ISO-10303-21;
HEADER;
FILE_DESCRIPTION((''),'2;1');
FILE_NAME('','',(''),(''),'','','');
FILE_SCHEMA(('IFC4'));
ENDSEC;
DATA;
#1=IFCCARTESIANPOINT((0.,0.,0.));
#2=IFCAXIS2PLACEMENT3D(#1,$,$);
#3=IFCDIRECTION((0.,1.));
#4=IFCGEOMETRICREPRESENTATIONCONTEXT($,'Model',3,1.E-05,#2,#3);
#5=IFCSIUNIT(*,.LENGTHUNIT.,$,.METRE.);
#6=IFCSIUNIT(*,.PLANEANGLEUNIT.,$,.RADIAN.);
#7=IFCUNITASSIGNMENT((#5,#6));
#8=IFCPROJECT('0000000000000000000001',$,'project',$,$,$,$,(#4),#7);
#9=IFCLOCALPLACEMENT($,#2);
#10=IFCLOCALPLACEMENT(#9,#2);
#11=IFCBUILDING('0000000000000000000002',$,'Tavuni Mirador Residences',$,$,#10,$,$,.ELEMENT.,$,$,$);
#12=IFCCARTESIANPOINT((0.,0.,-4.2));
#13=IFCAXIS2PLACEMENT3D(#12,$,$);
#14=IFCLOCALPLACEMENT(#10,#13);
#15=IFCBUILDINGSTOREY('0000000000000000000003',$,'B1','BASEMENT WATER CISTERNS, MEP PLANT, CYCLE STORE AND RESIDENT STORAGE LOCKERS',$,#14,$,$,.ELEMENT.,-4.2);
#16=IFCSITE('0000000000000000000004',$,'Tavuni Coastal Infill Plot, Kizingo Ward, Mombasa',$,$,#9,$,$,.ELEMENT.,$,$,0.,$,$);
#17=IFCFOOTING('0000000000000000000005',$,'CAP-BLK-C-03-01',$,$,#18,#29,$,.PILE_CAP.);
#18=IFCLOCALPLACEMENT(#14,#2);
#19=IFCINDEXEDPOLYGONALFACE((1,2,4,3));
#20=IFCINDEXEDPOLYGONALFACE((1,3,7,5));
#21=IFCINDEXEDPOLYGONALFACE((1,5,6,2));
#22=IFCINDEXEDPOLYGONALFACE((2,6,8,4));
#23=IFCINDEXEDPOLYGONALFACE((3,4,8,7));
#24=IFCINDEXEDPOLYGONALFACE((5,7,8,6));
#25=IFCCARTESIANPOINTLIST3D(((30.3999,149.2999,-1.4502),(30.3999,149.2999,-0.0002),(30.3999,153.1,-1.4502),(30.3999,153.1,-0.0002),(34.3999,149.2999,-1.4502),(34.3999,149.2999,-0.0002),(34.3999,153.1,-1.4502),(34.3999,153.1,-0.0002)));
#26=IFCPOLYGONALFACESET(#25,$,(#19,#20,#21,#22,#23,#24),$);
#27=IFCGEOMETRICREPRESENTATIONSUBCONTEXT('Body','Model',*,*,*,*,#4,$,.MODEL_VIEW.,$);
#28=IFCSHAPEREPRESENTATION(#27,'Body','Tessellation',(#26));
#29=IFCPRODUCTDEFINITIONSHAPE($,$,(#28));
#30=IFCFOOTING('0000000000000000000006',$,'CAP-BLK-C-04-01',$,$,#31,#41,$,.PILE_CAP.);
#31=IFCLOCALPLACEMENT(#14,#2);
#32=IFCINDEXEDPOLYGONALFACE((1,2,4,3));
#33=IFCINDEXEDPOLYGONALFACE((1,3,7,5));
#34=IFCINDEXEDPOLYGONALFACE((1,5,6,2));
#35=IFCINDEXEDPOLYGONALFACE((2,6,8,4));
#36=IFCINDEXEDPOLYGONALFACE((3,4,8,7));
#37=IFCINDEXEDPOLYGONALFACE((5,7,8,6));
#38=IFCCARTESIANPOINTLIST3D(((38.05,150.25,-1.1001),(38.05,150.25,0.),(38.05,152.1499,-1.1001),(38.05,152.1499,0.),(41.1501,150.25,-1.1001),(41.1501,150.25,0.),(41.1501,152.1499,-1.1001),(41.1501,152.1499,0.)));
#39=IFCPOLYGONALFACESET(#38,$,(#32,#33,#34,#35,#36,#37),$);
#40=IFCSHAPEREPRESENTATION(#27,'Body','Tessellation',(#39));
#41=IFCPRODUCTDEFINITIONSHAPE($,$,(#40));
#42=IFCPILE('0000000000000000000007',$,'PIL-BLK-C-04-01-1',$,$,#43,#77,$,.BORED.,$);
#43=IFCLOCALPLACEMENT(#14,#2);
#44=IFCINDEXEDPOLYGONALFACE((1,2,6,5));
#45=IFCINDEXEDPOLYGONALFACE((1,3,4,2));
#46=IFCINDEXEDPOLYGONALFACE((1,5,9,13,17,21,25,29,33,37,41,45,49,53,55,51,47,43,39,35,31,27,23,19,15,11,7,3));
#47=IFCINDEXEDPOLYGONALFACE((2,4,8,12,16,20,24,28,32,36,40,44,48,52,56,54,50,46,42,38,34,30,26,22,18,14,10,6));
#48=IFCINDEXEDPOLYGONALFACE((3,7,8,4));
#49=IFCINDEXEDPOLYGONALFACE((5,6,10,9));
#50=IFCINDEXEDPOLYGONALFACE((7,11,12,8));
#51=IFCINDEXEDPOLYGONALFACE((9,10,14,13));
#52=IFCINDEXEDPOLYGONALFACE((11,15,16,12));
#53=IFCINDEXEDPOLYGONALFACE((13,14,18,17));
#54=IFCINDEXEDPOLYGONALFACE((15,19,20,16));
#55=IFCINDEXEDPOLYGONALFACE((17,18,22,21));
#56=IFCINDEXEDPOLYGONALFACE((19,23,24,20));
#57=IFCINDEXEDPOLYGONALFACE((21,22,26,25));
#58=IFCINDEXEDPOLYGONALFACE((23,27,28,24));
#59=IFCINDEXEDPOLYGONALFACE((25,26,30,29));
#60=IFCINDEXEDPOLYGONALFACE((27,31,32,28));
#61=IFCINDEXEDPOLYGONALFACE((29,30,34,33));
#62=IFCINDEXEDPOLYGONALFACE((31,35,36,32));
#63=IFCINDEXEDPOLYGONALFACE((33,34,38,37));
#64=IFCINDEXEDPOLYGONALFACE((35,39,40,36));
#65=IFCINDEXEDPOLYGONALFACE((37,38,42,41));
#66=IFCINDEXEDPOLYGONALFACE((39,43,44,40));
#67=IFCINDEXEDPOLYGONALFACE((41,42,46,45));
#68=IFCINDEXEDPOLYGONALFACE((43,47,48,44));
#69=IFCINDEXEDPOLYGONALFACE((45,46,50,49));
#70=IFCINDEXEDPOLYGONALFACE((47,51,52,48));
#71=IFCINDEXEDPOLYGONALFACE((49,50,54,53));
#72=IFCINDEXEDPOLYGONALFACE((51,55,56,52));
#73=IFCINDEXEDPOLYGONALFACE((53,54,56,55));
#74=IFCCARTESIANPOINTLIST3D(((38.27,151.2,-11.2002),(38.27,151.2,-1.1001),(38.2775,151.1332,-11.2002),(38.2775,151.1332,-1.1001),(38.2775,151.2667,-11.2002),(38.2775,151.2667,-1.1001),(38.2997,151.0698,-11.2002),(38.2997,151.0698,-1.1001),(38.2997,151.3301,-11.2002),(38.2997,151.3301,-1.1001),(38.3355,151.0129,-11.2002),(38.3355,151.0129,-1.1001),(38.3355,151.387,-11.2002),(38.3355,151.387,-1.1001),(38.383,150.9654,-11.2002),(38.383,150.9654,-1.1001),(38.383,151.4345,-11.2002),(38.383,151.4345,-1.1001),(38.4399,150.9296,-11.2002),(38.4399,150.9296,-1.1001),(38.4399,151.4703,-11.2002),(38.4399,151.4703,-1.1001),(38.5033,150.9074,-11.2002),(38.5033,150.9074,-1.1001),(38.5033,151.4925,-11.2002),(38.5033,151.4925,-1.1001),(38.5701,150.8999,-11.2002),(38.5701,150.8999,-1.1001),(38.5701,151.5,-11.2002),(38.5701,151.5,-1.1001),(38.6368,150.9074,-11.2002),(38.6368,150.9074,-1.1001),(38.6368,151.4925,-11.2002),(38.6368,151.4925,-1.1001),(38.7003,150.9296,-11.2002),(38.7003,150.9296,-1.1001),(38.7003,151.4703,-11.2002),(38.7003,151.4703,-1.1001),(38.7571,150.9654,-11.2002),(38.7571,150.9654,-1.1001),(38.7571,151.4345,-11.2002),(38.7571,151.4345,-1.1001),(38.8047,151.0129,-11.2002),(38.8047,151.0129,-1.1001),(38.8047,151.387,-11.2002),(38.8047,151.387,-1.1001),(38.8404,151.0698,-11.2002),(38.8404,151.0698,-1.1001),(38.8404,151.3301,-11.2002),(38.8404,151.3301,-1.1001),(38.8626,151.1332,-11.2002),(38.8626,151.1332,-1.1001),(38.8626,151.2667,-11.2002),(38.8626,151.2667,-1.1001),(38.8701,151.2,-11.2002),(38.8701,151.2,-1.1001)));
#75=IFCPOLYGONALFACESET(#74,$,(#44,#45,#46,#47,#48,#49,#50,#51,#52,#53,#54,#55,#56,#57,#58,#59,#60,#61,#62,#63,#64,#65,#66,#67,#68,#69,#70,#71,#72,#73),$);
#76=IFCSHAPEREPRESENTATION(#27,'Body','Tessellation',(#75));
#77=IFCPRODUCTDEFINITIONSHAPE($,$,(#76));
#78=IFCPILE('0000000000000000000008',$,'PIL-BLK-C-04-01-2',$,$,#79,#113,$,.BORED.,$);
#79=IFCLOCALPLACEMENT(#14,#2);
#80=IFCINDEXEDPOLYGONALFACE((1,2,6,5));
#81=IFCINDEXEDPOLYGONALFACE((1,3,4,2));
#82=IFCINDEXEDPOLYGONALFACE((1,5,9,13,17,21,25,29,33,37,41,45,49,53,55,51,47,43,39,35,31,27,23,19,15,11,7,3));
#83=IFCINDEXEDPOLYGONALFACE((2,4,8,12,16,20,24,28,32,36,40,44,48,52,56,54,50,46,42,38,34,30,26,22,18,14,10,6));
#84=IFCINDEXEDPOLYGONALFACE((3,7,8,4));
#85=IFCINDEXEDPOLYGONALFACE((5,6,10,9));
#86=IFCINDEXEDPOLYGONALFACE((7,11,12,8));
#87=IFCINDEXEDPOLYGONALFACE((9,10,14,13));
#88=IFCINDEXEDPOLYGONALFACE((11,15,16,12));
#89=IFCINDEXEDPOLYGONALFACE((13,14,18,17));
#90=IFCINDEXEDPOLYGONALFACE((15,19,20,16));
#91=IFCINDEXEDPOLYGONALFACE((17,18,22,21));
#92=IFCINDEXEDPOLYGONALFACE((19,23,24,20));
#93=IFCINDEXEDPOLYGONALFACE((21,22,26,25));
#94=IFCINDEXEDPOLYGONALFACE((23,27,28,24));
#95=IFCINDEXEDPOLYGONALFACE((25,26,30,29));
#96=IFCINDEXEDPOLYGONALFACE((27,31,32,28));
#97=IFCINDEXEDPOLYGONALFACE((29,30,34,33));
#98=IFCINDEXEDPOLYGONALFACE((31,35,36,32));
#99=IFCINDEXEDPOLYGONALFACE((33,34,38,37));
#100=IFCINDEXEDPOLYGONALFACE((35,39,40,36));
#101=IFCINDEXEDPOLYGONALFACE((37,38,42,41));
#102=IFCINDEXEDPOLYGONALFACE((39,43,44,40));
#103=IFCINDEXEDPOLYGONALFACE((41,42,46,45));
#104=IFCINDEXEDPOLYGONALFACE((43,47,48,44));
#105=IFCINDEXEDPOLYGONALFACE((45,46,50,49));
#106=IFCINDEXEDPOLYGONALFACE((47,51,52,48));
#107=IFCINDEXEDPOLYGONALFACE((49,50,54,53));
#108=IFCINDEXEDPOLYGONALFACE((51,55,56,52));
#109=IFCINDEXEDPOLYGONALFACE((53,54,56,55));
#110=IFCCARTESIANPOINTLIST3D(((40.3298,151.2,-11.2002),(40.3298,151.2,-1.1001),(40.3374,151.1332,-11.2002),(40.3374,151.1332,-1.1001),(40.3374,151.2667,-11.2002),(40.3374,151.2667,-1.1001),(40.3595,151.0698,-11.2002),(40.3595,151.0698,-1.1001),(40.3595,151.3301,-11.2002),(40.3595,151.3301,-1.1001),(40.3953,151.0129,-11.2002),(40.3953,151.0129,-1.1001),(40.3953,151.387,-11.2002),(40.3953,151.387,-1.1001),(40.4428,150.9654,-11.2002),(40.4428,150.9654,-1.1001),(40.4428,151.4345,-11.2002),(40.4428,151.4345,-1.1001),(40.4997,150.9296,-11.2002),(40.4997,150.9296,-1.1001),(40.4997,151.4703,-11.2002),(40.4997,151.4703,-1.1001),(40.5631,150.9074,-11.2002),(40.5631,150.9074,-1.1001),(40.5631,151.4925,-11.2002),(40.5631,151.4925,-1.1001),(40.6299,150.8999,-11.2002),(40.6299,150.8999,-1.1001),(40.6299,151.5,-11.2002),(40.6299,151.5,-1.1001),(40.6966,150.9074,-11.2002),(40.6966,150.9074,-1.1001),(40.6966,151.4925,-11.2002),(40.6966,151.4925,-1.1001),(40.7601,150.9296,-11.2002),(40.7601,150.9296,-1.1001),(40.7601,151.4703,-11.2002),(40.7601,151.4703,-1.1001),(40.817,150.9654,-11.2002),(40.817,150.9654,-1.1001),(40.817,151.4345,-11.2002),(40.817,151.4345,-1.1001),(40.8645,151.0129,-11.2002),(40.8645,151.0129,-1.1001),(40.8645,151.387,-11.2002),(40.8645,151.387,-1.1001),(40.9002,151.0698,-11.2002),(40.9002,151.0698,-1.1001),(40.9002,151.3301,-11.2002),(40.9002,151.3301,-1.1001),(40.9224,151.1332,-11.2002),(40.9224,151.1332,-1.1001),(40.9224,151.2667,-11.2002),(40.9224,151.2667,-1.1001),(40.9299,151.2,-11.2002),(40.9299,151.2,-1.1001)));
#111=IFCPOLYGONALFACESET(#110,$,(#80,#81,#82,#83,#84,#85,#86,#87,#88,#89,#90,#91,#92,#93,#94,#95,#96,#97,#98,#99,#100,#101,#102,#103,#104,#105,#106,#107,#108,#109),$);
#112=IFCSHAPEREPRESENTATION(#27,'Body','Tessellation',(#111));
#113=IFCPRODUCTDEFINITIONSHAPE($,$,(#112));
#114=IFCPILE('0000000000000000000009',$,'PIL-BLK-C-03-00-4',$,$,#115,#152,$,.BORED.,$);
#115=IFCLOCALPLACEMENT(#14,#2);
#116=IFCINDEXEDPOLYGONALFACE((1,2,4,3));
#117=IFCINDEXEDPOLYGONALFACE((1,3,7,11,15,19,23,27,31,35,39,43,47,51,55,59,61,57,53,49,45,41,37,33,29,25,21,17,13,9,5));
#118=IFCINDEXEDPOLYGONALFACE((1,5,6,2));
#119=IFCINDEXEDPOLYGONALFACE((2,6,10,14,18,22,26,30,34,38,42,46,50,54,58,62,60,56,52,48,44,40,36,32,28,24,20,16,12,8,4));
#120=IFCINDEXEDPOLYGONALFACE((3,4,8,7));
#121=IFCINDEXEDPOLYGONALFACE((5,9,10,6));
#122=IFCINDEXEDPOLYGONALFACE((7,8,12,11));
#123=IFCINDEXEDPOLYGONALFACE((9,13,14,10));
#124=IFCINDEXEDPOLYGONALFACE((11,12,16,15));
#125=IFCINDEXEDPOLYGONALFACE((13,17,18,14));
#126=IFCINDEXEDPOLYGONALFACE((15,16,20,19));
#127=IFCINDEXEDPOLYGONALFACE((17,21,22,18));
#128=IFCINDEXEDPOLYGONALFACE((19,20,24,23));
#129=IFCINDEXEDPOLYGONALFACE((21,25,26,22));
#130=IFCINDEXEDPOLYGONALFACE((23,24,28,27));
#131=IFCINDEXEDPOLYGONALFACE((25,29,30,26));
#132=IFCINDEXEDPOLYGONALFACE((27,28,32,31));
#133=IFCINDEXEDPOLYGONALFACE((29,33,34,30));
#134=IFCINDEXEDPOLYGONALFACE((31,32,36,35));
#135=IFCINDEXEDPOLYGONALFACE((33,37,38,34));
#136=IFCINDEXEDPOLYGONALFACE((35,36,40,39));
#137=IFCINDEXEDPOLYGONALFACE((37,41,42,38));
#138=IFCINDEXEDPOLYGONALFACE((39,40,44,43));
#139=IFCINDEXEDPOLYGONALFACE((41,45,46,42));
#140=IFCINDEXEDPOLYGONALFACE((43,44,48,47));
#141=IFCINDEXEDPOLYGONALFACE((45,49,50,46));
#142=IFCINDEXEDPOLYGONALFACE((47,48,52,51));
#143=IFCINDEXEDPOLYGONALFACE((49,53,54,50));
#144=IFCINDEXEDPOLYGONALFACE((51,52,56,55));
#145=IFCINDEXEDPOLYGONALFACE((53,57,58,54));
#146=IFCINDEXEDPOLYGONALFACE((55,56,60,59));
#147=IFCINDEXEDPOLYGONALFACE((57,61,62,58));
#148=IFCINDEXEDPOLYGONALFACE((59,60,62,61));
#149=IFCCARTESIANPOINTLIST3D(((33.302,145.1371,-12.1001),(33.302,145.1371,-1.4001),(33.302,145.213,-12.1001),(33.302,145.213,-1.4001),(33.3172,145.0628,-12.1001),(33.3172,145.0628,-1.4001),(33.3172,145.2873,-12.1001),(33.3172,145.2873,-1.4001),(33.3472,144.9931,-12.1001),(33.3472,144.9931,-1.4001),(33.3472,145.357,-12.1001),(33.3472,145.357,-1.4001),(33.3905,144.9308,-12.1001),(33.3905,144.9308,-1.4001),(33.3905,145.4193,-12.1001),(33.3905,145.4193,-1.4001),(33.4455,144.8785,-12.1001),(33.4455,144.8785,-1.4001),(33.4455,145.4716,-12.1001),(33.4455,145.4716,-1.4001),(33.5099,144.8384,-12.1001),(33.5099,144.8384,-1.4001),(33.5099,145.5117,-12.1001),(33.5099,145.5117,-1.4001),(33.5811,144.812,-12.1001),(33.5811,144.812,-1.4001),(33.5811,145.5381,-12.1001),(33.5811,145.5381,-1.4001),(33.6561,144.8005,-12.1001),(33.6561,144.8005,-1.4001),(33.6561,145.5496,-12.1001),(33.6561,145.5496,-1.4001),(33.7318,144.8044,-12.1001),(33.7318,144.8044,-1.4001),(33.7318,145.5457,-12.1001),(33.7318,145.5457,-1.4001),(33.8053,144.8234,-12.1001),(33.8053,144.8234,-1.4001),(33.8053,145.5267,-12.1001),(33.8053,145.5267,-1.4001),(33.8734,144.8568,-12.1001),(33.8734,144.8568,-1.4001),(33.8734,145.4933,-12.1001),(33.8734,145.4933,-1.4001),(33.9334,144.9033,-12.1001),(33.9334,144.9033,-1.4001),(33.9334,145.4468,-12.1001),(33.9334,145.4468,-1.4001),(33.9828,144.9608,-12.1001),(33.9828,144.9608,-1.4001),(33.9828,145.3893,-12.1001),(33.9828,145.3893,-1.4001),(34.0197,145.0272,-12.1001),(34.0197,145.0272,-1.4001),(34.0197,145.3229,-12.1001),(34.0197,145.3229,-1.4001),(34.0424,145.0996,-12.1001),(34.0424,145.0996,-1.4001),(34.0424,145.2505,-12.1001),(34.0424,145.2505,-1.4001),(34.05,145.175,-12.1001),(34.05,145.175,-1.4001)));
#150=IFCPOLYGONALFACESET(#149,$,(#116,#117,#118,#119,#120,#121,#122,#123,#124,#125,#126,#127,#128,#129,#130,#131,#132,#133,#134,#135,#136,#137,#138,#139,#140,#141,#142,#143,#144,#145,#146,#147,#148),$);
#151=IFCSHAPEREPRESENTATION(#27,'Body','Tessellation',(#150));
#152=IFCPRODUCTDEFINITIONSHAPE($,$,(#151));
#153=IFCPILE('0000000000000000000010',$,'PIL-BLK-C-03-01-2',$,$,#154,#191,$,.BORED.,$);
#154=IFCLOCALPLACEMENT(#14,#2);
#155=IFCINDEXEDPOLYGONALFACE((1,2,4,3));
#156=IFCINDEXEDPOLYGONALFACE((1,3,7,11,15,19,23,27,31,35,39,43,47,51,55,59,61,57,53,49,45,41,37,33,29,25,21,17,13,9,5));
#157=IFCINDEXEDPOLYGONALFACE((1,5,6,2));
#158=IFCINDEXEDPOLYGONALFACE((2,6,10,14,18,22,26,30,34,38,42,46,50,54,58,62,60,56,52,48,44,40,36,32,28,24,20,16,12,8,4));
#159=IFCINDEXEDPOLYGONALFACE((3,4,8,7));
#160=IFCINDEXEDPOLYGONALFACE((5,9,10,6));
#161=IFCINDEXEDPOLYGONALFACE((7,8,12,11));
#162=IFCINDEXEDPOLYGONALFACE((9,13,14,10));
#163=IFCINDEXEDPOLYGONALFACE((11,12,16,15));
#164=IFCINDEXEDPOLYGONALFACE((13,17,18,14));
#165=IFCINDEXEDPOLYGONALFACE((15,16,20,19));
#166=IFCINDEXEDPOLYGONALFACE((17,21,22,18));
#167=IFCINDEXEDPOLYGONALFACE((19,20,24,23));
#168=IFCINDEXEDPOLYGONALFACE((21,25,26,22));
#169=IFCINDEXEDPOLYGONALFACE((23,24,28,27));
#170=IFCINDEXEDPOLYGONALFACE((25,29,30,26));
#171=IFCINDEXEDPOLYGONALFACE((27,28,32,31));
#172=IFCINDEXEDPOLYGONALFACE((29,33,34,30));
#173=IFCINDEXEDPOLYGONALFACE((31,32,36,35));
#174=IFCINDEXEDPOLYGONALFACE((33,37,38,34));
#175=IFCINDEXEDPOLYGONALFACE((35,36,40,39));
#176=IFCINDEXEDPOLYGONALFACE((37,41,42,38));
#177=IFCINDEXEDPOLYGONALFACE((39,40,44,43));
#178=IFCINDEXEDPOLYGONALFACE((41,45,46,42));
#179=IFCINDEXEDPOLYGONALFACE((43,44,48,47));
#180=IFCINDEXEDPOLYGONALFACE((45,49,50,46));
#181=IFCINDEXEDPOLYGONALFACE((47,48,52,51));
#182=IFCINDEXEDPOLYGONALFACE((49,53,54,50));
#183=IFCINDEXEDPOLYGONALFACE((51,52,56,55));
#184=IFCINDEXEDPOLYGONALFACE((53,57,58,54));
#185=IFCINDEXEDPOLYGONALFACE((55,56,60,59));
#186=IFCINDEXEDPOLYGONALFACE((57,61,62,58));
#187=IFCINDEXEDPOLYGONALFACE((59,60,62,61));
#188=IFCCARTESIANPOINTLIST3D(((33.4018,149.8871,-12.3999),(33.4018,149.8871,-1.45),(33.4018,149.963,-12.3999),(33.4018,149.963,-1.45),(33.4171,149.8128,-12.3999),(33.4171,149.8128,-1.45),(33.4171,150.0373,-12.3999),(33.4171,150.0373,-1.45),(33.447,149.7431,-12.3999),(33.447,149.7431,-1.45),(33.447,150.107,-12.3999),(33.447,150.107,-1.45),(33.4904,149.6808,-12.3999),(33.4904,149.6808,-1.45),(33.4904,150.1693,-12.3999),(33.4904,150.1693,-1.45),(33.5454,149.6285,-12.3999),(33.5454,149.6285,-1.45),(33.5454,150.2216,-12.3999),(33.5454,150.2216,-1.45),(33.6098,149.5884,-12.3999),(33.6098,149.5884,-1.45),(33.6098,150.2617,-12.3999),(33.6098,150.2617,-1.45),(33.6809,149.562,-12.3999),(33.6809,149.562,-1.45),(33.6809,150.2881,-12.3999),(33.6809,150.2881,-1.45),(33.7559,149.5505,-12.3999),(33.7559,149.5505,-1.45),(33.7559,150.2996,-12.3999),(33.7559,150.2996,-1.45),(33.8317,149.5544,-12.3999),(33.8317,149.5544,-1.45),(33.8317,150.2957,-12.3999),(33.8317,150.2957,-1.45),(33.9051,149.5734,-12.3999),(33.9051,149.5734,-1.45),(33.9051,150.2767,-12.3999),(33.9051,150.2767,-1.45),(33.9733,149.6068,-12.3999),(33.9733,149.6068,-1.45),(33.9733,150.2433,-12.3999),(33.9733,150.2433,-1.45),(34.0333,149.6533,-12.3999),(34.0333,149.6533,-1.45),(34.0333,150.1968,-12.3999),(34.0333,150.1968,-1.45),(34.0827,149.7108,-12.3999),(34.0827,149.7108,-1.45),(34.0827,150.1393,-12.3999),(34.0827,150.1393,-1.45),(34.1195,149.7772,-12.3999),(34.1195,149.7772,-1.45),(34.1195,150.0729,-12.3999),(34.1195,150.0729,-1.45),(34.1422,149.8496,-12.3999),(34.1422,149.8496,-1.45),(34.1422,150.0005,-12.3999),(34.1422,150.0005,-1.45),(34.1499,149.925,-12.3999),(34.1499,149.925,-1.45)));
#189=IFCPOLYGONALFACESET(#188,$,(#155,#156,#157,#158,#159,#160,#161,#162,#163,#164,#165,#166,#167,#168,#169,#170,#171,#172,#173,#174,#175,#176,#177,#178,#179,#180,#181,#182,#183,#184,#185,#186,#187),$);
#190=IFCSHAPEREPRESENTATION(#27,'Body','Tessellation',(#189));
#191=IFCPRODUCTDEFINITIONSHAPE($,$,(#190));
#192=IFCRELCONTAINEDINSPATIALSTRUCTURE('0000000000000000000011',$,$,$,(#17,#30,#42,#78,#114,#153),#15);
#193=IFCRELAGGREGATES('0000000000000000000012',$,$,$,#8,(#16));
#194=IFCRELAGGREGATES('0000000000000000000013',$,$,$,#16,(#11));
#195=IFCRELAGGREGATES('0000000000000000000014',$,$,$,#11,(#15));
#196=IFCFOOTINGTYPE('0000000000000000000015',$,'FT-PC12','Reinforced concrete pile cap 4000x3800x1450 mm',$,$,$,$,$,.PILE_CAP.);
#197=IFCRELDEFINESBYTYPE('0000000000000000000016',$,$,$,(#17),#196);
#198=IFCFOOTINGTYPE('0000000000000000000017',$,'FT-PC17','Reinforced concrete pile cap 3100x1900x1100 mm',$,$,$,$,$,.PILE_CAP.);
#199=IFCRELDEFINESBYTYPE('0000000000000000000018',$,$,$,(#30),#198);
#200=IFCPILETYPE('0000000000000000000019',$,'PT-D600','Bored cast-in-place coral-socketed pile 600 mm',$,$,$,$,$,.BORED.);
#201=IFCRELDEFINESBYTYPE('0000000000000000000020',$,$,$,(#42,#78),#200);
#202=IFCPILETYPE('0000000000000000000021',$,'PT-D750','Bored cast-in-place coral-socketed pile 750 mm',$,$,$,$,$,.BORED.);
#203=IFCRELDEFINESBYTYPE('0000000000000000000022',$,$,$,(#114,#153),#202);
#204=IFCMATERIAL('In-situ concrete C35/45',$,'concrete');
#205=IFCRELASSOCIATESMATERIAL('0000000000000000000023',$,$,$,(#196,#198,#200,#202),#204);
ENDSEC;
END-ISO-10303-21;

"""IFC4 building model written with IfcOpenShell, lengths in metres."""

from ifc_helpers import new_model, si_unit, direction, frame, origin, origin_2d, place, context, subcontext, project, spatial, rectangle, circle, extrude, material, material_profile, profile_set, type_object, element, save


model = new_model("IFC4")

# Units and contexts
model_context = context("Model", 3, precision=1e-05, world=origin(), true_north=direction((0.0, 1.0)))
body_context = subcontext(model_context, "Body", "Model", "MODEL_VIEW")
ifc_project = project(units=[si_unit("LENGTHUNIT", "METRE"), si_unit("PLANEANGLEUNIT", "RADIAN")], contexts=[model_context])

# Site, building, storey
site_placement = place(None, origin())
site = spatial("IfcSite", under=ifc_project, at=site_placement, Name="Tavuni Coastal Infill Plot, Kizingo Ward, Mombasa", CompositionType="ELEMENT", RefElevation=0.0)
building_placement = place(site_placement, origin())
building = spatial("IfcBuilding", under=site, at=building_placement, Name="Tavuni Mirador Residences", CompositionType="ELEMENT")
storey_placement = place(building_placement, frame((0.0, 0.0, -4.2)))
storey = spatial("IfcBuildingStorey", under=building, at=storey_placement, Name="B1", Description="BASEMENT WATER CISTERNS, MEP PLANT, CYCLE STORE AND RESIDENT STORAGE LOCKERS", CompositionType="ELEMENT", Elevation=-4.2)

# Footings
ifc_material_1 = material(Name="In-situ concrete C35/45", Category="concrete")
footing_type_1 = type_object("IfcFootingType", Name="FT-PC12", Description="Reinforced concrete pile cap 4000x3800x1450 mm", PredefinedType="PILE_CAP", material=ifc_material_1)
footing_1_placement = place(storey_placement, frame((32.3999, 151.2, -1.4502), z_axis=(0.0, 0.0, 1.0), x_axis=(1.0, 0.0, 0.0)))
element("IfcFooting", 1, at=footing_1_placement, inside=storey, type_object=footing_type_1, Name="CAP-BLK-C-03-01", PredefinedType="PILE_CAP", context=body_context, shape_type="SweptSolid", body=[
    extrude(rectangle(XDim=4.0, YDim=3.8, at=origin_2d()), origin(), (0.0, 0.0, 1.0), 1.45),
])
footing_type_2 = type_object("IfcFootingType", Name="FT-PC17", Description="Reinforced concrete pile cap 3100x1900x1100 mm", PredefinedType="PILE_CAP", material=ifc_material_1)
footing_2_placement = place(storey_placement, frame((39.6001, 151.2, -1.1001), z_axis=(0.0, 0.0, 1.0), x_axis=(1.0, 0.0, 0.0)))
element("IfcFooting", 2, at=footing_2_placement, inside=storey, type_object=footing_type_2, Name="CAP-BLK-C-04-01", PredefinedType="PILE_CAP", context=body_context, shape_type="SweptSolid", body=[
    extrude(rectangle(XDim=3.1001, YDim=1.8999, at=origin_2d()), origin(), (0.0, 0.0, 1.0), 1.1001),
])

# Piles
ifc_material_profile_1 = material_profile(ifc_material_1, circle(Radius=0.3, at=origin_2d()), Name="PILE D600", Category="concrete")
ifc_profile_set_1 = profile_set([ifc_material_profile_1], Name="In-situ concrete C35/45")
pile_type_1 = type_object("IfcPileType", Name="PT-D600", Description="Bored cast-in-place coral-socketed pile 600 mm", PredefinedType="BORED", material=ifc_profile_set_1)
for number, where, z_axis, x_axis, name in (
    (3, (38.5701, 151.2, -1.1001), (0.0, 0.0, -1.0), (1.0, 0.0, 0.0), "PIL-BLK-C-04-01-1"),
    (4, (40.6299, 151.2, -1.1001), (0.0, 0.0, -1.0), (1.0, 0.0, 0.0), "PIL-BLK-C-04-01-2"),
):
    element("IfcPile", number, at=place(storey_placement, frame(where, z_axis=z_axis, x_axis=x_axis)), inside=storey, type_object=pile_type_1, Name=name, PredefinedType="BORED", context=body_context, shape_type="SweptSolid", body=[
        extrude(circle(Radius=0.3, at=origin_2d()), origin(), (0.0, 0.0, 1.0), 10.1001),
    ])
ifc_material_profile_2 = material_profile(ifc_material_1, circle(Radius=0.375, at=origin_2d()), Name="PILE D750", Category="concrete")
ifc_profile_set_2 = profile_set([ifc_material_profile_2], Name="In-situ concrete C35/45")
pile_type_2 = type_object("IfcPileType", Name="PT-D750", Description="Bored cast-in-place coral-socketed pile 750 mm", PredefinedType="BORED", material=ifc_profile_set_2)
pile_1_placement = place(storey_placement, frame((33.675, 145.175, -1.4001), z_axis=(0.0, 0.0, -1.0), x_axis=(1.0, 0.0, 0.0)))
element("IfcPile", 5, at=pile_1_placement, inside=storey, type_object=pile_type_2, Name="PIL-BLK-C-03-00-4", PredefinedType="BORED", context=body_context, shape_type="SweptSolid", body=[
    extrude(circle(Radius=0.375, at=origin_2d()), origin(), (0.0, 0.0, 1.0), 10.7),
])
for number, where, z_axis, x_axis, name in (
    (6, (33.7749, 149.925, -1.45), (0.0, 0.0, -1.0), (1.0, 0.0, 0.0), "PIL-BLK-C-03-01-2"),
):
    element("IfcPile", number, at=place(storey_placement, frame(where, z_axis=z_axis, x_axis=x_axis)), inside=storey, type_object=pile_type_2, Name=name, PredefinedType="BORED", context=body_context, shape_type="SweptSolid", body=[
        extrude(circle(Radius=0.375, at=origin_2d()), origin(), (0.0, 0.0, 1.0), 10.95),
    ])

save(model, "model.ifc")
